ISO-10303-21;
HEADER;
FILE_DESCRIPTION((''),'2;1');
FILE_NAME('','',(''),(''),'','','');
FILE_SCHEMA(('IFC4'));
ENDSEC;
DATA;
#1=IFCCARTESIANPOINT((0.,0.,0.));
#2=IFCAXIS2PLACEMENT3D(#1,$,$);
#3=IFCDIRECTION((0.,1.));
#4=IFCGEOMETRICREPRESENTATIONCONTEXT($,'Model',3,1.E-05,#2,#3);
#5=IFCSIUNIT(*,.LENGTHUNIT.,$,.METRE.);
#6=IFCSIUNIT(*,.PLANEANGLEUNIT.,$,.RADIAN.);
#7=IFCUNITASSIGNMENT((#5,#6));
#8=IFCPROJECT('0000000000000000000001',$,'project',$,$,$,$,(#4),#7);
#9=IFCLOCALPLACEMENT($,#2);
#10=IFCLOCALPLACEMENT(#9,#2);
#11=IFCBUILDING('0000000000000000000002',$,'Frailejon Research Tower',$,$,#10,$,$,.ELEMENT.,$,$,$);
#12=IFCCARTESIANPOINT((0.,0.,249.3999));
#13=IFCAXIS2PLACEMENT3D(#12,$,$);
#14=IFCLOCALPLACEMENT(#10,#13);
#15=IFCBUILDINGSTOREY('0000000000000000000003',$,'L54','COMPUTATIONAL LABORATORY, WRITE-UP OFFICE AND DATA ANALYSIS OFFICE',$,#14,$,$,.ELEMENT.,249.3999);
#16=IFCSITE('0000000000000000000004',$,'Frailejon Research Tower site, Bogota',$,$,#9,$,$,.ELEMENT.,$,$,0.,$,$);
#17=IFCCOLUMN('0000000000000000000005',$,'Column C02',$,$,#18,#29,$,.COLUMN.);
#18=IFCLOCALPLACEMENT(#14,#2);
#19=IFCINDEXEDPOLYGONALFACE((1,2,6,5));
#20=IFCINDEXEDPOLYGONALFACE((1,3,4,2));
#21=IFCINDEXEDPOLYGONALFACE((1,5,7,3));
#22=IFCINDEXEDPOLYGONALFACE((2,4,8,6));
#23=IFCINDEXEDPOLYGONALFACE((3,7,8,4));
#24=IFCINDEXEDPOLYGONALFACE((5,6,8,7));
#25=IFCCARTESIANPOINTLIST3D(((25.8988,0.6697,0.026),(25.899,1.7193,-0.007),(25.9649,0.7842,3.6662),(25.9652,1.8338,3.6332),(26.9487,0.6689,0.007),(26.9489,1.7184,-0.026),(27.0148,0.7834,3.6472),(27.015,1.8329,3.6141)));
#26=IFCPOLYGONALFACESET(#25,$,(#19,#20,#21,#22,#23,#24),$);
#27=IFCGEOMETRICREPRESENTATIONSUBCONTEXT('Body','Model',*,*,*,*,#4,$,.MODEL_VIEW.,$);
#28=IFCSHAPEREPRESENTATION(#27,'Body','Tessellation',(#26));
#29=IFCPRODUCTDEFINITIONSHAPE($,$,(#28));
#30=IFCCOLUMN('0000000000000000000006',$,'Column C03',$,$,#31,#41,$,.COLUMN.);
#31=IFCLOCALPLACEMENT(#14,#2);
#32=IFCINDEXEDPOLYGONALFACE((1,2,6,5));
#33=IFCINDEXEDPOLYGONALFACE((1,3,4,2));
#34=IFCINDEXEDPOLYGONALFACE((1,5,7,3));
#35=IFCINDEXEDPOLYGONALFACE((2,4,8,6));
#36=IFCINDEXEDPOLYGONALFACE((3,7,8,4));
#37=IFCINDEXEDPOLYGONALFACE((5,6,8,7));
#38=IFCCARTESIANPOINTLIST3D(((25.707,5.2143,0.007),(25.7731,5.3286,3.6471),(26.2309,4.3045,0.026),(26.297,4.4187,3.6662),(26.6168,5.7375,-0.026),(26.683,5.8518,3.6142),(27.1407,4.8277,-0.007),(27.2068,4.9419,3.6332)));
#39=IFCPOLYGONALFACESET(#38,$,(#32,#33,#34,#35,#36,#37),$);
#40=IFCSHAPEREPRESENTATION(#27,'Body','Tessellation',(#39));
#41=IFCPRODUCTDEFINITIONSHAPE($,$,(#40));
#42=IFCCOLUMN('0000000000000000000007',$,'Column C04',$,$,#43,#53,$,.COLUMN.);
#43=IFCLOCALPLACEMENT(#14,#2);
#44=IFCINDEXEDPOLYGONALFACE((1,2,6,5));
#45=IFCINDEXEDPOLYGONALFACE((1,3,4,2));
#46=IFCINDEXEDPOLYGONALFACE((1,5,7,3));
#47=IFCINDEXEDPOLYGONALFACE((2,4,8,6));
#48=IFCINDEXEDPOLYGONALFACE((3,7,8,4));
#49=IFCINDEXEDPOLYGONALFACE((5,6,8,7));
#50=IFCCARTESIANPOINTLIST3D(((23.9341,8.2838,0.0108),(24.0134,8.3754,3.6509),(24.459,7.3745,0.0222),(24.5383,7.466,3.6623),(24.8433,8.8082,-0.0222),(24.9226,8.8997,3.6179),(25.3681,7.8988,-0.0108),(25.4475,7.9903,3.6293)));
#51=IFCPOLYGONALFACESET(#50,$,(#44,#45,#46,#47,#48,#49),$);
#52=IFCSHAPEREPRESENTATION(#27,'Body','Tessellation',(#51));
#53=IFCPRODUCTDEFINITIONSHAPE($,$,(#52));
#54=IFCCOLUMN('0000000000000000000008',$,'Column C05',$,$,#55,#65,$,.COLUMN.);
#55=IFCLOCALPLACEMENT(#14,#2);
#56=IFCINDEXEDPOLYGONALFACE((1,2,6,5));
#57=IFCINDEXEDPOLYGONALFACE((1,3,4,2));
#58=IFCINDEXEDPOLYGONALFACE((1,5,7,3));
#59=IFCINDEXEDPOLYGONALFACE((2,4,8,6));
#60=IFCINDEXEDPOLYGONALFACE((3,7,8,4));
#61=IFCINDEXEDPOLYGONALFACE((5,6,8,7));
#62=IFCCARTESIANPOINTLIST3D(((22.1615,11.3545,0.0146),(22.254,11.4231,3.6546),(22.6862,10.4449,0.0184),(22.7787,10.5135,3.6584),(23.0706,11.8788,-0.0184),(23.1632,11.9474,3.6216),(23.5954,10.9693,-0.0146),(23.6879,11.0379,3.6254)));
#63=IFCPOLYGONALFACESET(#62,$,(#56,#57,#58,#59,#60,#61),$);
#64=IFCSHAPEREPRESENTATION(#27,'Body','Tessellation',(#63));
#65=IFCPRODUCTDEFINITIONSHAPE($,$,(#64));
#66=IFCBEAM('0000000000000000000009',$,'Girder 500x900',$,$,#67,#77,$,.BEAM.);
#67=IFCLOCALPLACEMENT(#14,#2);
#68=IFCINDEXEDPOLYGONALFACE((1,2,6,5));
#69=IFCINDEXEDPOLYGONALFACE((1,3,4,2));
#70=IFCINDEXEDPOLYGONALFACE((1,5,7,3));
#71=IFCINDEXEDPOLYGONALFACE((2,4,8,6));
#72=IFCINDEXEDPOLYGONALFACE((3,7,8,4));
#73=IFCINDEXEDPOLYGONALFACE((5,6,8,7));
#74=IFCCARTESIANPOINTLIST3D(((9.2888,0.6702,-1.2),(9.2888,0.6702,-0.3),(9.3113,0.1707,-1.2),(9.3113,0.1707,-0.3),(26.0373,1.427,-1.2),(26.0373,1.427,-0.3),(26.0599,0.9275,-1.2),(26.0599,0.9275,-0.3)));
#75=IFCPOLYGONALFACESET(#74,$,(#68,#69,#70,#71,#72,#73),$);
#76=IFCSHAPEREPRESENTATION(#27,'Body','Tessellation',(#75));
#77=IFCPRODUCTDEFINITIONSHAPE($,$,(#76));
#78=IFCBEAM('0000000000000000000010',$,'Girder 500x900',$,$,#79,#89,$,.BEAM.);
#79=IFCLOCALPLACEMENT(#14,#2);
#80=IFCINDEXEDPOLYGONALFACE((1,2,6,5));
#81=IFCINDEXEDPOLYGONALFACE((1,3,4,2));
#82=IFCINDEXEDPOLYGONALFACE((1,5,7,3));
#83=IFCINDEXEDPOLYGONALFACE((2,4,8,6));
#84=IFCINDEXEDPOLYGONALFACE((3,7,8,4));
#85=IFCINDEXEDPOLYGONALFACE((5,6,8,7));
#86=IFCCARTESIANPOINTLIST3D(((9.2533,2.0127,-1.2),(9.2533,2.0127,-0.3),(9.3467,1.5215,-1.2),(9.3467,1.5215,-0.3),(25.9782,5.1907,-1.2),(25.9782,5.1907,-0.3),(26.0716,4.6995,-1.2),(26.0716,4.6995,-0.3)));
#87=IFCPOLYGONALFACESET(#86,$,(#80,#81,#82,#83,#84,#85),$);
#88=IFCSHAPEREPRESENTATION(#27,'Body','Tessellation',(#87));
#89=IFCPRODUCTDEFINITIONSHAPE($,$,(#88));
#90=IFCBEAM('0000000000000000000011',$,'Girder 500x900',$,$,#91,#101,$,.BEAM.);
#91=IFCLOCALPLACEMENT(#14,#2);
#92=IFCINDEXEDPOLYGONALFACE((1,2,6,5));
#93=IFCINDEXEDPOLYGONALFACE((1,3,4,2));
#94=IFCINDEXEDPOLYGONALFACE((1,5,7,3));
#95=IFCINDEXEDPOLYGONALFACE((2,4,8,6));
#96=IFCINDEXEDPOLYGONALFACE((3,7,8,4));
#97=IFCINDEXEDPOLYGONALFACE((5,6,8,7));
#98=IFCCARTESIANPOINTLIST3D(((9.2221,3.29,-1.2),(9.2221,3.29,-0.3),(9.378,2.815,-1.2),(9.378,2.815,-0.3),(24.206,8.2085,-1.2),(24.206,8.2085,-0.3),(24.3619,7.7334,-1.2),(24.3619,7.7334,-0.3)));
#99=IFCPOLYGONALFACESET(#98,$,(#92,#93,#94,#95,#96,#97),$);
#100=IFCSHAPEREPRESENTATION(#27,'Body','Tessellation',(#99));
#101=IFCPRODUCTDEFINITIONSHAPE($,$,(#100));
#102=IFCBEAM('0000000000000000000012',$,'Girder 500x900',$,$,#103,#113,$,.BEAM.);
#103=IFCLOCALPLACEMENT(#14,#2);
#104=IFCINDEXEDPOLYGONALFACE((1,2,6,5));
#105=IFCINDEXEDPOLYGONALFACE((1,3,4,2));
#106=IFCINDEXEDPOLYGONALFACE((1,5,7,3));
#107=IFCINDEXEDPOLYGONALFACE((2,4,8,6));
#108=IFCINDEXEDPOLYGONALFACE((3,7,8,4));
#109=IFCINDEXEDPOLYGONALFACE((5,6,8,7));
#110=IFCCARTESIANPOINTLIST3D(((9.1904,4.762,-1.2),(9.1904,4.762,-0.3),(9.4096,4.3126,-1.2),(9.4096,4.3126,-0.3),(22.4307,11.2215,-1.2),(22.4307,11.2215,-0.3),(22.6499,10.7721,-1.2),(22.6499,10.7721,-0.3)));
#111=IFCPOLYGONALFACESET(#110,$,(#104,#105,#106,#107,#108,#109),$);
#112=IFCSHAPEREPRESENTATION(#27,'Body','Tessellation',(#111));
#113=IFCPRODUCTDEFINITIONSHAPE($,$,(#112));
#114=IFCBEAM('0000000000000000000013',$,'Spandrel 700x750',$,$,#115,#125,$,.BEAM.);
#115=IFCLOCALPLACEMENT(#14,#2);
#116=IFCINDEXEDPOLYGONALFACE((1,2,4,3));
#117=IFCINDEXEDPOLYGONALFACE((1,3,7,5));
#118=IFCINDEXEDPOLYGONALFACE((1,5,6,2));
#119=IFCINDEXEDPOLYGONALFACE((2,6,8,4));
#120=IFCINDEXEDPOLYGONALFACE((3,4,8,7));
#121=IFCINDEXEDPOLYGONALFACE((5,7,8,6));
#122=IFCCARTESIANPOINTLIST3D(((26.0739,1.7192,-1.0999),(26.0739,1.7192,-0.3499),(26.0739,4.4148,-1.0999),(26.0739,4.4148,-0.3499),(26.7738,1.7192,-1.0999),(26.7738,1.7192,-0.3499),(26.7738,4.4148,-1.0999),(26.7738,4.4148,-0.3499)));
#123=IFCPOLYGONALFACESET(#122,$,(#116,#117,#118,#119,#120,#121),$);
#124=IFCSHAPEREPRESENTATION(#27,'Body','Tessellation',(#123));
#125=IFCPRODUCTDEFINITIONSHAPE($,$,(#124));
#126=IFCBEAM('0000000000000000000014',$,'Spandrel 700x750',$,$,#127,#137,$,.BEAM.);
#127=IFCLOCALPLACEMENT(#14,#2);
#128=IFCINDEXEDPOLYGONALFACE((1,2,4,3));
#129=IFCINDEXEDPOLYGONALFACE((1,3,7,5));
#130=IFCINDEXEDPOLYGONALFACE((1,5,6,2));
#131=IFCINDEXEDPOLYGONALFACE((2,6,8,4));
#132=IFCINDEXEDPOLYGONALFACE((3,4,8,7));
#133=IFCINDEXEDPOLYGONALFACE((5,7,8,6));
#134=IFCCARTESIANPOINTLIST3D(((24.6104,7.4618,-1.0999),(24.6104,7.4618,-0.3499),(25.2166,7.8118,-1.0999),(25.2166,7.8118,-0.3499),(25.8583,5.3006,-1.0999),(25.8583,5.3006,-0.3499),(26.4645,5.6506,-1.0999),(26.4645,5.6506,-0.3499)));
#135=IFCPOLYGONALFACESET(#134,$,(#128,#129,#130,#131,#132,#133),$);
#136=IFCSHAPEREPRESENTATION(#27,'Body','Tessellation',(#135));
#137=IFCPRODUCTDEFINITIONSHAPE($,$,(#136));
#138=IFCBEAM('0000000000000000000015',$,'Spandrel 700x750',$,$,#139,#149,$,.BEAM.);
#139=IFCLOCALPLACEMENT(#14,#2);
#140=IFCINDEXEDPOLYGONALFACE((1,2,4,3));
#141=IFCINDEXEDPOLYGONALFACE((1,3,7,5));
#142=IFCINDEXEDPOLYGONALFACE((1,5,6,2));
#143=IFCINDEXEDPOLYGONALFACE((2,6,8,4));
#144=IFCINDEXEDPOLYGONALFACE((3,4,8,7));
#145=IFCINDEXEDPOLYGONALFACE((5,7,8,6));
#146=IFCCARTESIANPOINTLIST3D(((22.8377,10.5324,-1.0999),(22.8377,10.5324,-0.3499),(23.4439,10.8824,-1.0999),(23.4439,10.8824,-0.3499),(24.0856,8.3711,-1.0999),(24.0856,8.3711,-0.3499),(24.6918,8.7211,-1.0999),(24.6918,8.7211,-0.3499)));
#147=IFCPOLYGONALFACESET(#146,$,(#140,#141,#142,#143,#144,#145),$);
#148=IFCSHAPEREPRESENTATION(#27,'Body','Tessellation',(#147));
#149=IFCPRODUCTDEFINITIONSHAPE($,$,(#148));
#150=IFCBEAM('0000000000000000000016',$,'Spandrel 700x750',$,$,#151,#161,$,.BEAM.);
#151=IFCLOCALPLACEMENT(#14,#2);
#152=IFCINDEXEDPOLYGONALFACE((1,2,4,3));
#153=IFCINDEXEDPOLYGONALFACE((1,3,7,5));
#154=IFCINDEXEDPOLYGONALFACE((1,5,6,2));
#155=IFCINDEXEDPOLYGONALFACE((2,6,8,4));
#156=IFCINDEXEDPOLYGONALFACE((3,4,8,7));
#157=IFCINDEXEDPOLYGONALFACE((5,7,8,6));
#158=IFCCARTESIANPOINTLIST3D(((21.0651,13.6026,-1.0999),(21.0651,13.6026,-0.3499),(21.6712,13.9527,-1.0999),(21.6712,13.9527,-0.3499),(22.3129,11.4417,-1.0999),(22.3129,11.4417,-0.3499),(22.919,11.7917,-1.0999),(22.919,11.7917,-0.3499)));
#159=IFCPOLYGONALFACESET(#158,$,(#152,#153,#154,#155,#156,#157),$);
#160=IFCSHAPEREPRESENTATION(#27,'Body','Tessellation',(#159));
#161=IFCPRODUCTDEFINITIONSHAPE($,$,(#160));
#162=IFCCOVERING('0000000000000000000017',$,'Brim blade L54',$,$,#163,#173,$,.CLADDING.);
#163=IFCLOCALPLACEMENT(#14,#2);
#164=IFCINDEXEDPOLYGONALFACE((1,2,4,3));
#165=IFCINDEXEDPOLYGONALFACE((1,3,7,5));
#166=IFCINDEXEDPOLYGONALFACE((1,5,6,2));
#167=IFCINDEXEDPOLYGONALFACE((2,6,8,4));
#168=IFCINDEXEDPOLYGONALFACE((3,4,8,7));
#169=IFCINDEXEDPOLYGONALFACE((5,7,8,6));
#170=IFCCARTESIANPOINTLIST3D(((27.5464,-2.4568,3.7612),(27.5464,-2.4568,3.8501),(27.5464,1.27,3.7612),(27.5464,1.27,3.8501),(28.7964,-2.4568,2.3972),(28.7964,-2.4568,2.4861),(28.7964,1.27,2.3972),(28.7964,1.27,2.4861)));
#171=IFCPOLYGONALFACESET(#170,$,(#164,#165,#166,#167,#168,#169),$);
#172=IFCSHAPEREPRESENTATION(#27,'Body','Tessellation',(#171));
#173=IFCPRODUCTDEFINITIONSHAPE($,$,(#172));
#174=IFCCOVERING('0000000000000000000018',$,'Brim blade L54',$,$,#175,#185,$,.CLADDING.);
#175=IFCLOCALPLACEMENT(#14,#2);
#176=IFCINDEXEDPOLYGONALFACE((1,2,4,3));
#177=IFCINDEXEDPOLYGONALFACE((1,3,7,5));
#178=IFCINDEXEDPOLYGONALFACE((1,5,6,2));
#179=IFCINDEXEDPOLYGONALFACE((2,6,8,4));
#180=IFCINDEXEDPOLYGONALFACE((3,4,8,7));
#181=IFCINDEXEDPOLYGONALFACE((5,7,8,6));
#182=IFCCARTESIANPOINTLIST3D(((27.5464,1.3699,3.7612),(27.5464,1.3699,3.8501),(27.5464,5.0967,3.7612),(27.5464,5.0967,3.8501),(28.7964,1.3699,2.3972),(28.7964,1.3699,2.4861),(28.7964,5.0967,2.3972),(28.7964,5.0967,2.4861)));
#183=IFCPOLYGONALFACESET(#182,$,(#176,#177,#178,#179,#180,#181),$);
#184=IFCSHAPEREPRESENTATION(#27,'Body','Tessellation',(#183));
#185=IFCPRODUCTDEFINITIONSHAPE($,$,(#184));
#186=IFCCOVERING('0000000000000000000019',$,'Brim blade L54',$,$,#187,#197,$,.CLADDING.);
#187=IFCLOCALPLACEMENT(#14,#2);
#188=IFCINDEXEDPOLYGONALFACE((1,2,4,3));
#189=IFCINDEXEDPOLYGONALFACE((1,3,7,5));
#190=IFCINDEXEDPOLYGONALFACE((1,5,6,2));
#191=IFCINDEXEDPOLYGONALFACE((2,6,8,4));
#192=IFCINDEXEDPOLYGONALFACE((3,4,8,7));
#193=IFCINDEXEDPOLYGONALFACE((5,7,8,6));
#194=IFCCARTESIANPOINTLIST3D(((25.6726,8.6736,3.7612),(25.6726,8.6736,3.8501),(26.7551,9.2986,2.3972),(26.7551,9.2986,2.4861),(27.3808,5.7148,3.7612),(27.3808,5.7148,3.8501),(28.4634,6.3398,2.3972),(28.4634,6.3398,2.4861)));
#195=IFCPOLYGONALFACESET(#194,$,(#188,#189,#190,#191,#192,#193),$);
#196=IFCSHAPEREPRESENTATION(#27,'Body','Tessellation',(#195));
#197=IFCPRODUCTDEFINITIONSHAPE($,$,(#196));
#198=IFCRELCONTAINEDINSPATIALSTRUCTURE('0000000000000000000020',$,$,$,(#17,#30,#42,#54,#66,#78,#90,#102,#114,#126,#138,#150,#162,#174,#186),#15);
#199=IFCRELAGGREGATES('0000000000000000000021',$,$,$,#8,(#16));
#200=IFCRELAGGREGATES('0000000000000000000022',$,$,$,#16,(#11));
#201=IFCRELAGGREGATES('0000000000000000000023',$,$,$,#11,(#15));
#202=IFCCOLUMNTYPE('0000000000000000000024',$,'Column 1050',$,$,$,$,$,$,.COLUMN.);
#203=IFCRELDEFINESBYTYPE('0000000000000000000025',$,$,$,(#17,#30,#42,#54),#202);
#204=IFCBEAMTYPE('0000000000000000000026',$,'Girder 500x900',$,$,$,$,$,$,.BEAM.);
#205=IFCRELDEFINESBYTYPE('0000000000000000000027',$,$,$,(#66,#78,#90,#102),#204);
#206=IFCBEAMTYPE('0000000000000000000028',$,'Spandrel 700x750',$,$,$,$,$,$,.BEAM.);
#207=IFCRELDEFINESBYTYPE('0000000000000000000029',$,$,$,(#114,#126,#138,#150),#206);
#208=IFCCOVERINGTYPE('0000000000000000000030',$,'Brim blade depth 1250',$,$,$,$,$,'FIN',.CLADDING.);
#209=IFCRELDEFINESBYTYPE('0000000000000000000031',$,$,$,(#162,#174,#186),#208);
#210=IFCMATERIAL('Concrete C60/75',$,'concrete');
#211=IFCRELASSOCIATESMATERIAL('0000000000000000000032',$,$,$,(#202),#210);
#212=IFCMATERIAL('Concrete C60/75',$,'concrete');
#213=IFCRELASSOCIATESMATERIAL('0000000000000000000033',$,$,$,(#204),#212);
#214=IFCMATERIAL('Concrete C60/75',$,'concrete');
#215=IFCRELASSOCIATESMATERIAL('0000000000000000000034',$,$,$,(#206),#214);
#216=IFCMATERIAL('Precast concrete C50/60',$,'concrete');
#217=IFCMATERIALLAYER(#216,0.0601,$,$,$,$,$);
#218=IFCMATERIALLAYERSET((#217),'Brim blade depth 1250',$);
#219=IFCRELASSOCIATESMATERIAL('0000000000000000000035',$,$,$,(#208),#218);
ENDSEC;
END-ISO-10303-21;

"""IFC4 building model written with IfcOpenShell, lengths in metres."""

from ifc_helpers import new_model, si_unit, direction, frame, origin, origin_2d, place, context, subcontext, project, spatial, polyline, rectangle, outline, extrude, material, layer, layer_set, material_profile, profile_set, type_object, element, save


model = new_model("IFC4")

# Units and contexts
model_context = context("Model", 3, precision=1e-05, world=origin(), true_north=direction((0.0, 1.0)))
body_context = subcontext(model_context, "Body", "Model", "MODEL_VIEW")
ifc_project = project(units=[si_unit("LENGTHUNIT", "METRE"), si_unit("PLANEANGLEUNIT", "RADIAN")], contexts=[model_context])

# Site, building, storey
site_placement = place(None, origin())
site = spatial("IfcSite", under=ifc_project, at=site_placement, Name="Frailejon Research Tower site, Bogota", CompositionType="ELEMENT", RefElevation=0.0)
building_placement = place(site_placement, origin())
building = spatial("IfcBuilding", under=site, at=building_placement, Name="Frailejon Research Tower", CompositionType="ELEMENT")
storey_placement = place(building_placement, frame((0.0, 0.0, 249.3999)))
storey = spatial("IfcBuildingStorey", under=building, at=storey_placement, Name="L54", Description="COMPUTATIONAL LABORATORY, WRITE-UP OFFICE AND DATA ANALYSIS OFFICE", CompositionType="ELEMENT", Elevation=249.3999)

# Columns
ifc_material_1 = material(Name="Concrete C60/75", Category="concrete")
ifc_material_profile_1 = material_profile(ifc_material_1, rectangle(XDim=1.05, YDim=1.05, at=origin_2d()), Name="Column 1050")
ifc_profile_set_1 = profile_set([ifc_material_profile_1], Name="Concrete C60/75")
column_type = type_object("IfcColumnType", Name="Column 1050", PredefinedType="COLUMN", material=ifc_profile_set_1)
for number, where, z_axis, x_axis, name in (
    (1, (26.4238, 1.1941, 0.0), (0.018164, 0.031435, 0.999341), (0.000221, 0.999505, -0.031444), "Column C02"),
    (2, (26.4238, 5.021, 0.0), (0.018164, 0.031368, 0.999343), (-0.498925, 0.866456, -0.018128), "Column C03"),
):
    element("IfcColumn", number, at=place(storey_placement, frame(where, z_axis=z_axis, x_axis=x_axis)), inside=storey, type_object=column_type, Name=name, PredefinedType="COLUMN", context=body_context, shape_type="SweptSolid", body=[
        extrude(rectangle(XDim=1.05, YDim=1.05, at=origin_2d()), origin(), (0.0, 0.0, 1.0), 3.6426),
    ])
column_1_placement = place(storey_placement, frame((24.6511, 8.0913, 0.0), z_axis=(0.021785, 0.025137, 0.999447), x_axis=(-0.499841, 0.866049, -0.010887)))
element("IfcColumn", 3, at=column_1_placement, inside=storey, type_object=column_type, Name="Column C04", PredefinedType="COLUMN", context=body_context, shape_type="SweptSolid", body=[
    extrude(rectangle(XDim=1.05, YDim=1.05, at=origin_2d()), origin(), (0.0, 0.0, 1.0), 3.6421),
])
column_2_placement = place(storey_placement, frame((22.8784, 11.1619, 0.0), z_axis=(0.025406, 0.018837, 0.9995), x_axis=(-0.499704, 0.866189, -0.003622)))
element("IfcColumn", 4, at=column_2_placement, inside=storey, type_object=column_type, Name="Column C05", PredefinedType="COLUMN", context=body_context, shape_type="SweptSolid", body=[
    extrude(rectangle(XDim=1.05, YDim=1.05, at=origin_2d()), origin(), (0.0, 0.0, 1.0), 3.6418),
])

# Beams
ifc_material_2 = material(Name="Concrete C60/75", Category="concrete")
ifc_material_profile_2 = material_profile(ifc_material_2, rectangle(XDim=0.5, YDim=0.8999, at=origin_2d()), Name="Girder 500x900")
ifc_profile_set_2 = profile_set([ifc_material_profile_2], Name="Concrete C60/75")
beam_type_1 = type_object("IfcBeamType", Name="Girder 500x900", PredefinedType="BEAM", material=ifc_profile_set_2)
beam_1_placement = place(storey_placement, frame((26.0486, 1.1772, -0.75), z_axis=(-0.998981, -0.045142, 0.0), x_axis=(0.045142, -0.998981, 0.0)))
element("IfcBeam", 5, at=beam_1_placement, inside=storey, type_object=beam_type_1, Name="Girder 500x900", PredefinedType="BEAM", context=body_context, shape_type="SweptSolid", body=[
    extrude(rectangle(XDim=0.5, YDim=0.8999, at=origin_2d()), origin(), (0.0, 0.0, 1.0), 16.7656),
])
beam_2_placement = place(storey_placement, frame((26.0249, 4.9451, -0.75), z_axis=(-0.982422, -0.186675, 0.0), x_axis=(0.186675, -0.982422, 0.0)))
element("IfcBeam", 6, at=beam_2_placement, inside=storey, type_object=beam_type_1, Name="Girder 500x900", PredefinedType="BEAM", context=body_context, shape_type="SweptSolid", body=[
    extrude(rectangle(XDim=0.5, YDim=0.8999, at=origin_2d()), origin(), (0.0, 0.0, 1.0), 17.0242),
])
beam_3_placement = place(storey_placement, frame((24.2839, 7.9709, -0.75), z_axis=(-0.950122, -0.311877, 0.0), x_axis=(0.311877, -0.950122, 0.0)))
element("IfcBeam", 7, at=beam_3_placement, inside=storey, type_object=beam_type_1, Name="Girder 500x900", PredefinedType="BEAM", context=body_context, shape_type="SweptSolid", body=[
    extrude(rectangle(XDim=0.5, YDim=0.8999, at=origin_2d()), origin(), (0.0, 0.0, 1.0), 15.7705),
])
beam_4_placement = place(storey_placement, frame((22.5403, 10.9968, -0.75), z_axis=(-0.898746, -0.438469, 0.0), x_axis=(0.438469, -0.898746, 0.0)))
element("IfcBeam", 8, at=beam_4_placement, inside=storey, type_object=beam_type_1, Name="Girder 500x900", PredefinedType="BEAM", context=body_context, shape_type="SweptSolid", body=[
    extrude(rectangle(XDim=0.5, YDim=0.8999, at=origin_2d()), origin(), (0.0, 0.0, 1.0), 14.7319),
])
ifc_material_3 = material(Name="Concrete C60/75", Category="concrete")
ifc_material_profile_3 = material_profile(ifc_material_3, rectangle(XDim=0.7, YDim=0.75, at=origin_2d()), Name="Spandrel 700x750")
ifc_profile_set_3 = profile_set([ifc_material_profile_3], Name="Concrete C60/75")
beam_type_2 = type_object("IfcBeamType", Name="Spandrel 700x750", PredefinedType="BEAM", material=ifc_profile_set_3)
beam_5_placement = place(storey_placement, frame((26.4238, 1.7192, -0.7249), z_axis=(0.0, 1.0, 0.0), x_axis=(-1.0, 0.0, 0.0)))
element("IfcBeam", 9, at=beam_5_placement, inside=storey, type_object=beam_type_2, Name="Spandrel 700x750", PredefinedType="BEAM", context=body_context, shape_type="SweptSolid", body=[
    extrude(rectangle(XDim=0.7, YDim=0.75, at=origin_2d()), origin(), (0.0, 0.0, 1.0), 2.6956),
])
for number, where, z_axis, x_axis, name in (
    (10, (26.1614, 5.4756, -0.7249), (-0.500022, 0.866013, 0.0), (-0.866013, -0.500022, 0.0), "Spandrel 700x750"),
    (11, (24.3887, 8.5461, -0.7249), (-0.500022, 0.866013, 0.0), (-0.866013, -0.500022, 0.0), "Spandrel 700x750"),
):
    element("IfcBeam", number, at=place(storey_placement, frame(where, z_axis=z_axis, x_axis=x_axis)), inside=storey, type_object=beam_type_2, Name=name, PredefinedType="BEAM", context=body_context, shape_type="SweptSolid", body=[
        extrude(rectangle(XDim=0.7, YDim=0.75, at=origin_2d()), origin(), (0.0, 0.0, 1.0), 2.4956),
    ])
beam_6_placement = place(storey_placement, frame((22.616, 11.6167, -0.7249), z_axis=(-0.500064, 0.865988, 0.0), x_axis=(-0.865988, -0.500064, 0.0)))
element("IfcBeam", 12, at=beam_6_placement, inside=storey, type_object=beam_type_2, Name="Spandrel 700x750", PredefinedType="BEAM", context=body_context, shape_type="SweptSolid", body=[
    extrude(rectangle(XDim=0.7, YDim=0.75, at=origin_2d()), origin(), (0.0, 0.0, 1.0), 2.4954),
])

# Coverings
ifc_material_4 = material(Name="Precast concrete C50/60", Category="concrete")
ifc_layer_1 = layer(ifc_material_4, 0.0601)
ifc_layer_set_1 = layer_set([ifc_layer_1], Name="Brim blade depth 1250")
covering_type = type_object("IfcCoveringType", Name="Brim blade depth 1250", ElementType="FIN", PredefinedType="CLADDING", material=ifc_layer_set_1)
for number, where, z_axis, x_axis, name in (
    (13, (27.5464, 1.27, 3.8501), (0.0, -1.0, 0.0), (1.0, 0.0, 0.0), "Brim blade L54"),
    (14, (27.5464, 5.0967, 3.8501), (0.0, -1.0, 0.0), (1.0, 0.0, 0.0), "Brim blade L54"),
):
    element("IfcCovering", number, at=place(storey_placement, frame(where, z_axis=z_axis, x_axis=x_axis)), inside=storey, type_object=covering_type, Name=name, PredefinedType="CLADDING", context=body_context, shape_type="SweptSolid", body=[
        extrude(outline(polyline([(0.0, -0.0889), (1.25, -1.4529), (1.25, -1.364), (0.0, 0.0), (0.0, -0.0889)])), origin(), (0.0, 0.0, 1.0), 3.7268),
    ])
covering_placement = place(storey_placement, frame((25.6726, 8.6736, 3.8501), z_axis=(0.499987, -0.866033, 0.0), x_axis=(0.866033, 0.499987, 0.0)))
element("IfcCovering", 15, at=covering_placement, inside=storey, type_object=covering_type, Name="Brim blade L54", PredefinedType="CLADDING", context=body_context, shape_type="SweptSolid", body=[
    extrude(outline(polyline([(0.0, -0.0889), (1.25, -1.4529), (1.25, -1.364), (0.0, 0.0), (0.0, -0.0889)])), origin(), (0.0, 0.0, 1.0), 3.4165),
])

save(model, "model.ifc")
